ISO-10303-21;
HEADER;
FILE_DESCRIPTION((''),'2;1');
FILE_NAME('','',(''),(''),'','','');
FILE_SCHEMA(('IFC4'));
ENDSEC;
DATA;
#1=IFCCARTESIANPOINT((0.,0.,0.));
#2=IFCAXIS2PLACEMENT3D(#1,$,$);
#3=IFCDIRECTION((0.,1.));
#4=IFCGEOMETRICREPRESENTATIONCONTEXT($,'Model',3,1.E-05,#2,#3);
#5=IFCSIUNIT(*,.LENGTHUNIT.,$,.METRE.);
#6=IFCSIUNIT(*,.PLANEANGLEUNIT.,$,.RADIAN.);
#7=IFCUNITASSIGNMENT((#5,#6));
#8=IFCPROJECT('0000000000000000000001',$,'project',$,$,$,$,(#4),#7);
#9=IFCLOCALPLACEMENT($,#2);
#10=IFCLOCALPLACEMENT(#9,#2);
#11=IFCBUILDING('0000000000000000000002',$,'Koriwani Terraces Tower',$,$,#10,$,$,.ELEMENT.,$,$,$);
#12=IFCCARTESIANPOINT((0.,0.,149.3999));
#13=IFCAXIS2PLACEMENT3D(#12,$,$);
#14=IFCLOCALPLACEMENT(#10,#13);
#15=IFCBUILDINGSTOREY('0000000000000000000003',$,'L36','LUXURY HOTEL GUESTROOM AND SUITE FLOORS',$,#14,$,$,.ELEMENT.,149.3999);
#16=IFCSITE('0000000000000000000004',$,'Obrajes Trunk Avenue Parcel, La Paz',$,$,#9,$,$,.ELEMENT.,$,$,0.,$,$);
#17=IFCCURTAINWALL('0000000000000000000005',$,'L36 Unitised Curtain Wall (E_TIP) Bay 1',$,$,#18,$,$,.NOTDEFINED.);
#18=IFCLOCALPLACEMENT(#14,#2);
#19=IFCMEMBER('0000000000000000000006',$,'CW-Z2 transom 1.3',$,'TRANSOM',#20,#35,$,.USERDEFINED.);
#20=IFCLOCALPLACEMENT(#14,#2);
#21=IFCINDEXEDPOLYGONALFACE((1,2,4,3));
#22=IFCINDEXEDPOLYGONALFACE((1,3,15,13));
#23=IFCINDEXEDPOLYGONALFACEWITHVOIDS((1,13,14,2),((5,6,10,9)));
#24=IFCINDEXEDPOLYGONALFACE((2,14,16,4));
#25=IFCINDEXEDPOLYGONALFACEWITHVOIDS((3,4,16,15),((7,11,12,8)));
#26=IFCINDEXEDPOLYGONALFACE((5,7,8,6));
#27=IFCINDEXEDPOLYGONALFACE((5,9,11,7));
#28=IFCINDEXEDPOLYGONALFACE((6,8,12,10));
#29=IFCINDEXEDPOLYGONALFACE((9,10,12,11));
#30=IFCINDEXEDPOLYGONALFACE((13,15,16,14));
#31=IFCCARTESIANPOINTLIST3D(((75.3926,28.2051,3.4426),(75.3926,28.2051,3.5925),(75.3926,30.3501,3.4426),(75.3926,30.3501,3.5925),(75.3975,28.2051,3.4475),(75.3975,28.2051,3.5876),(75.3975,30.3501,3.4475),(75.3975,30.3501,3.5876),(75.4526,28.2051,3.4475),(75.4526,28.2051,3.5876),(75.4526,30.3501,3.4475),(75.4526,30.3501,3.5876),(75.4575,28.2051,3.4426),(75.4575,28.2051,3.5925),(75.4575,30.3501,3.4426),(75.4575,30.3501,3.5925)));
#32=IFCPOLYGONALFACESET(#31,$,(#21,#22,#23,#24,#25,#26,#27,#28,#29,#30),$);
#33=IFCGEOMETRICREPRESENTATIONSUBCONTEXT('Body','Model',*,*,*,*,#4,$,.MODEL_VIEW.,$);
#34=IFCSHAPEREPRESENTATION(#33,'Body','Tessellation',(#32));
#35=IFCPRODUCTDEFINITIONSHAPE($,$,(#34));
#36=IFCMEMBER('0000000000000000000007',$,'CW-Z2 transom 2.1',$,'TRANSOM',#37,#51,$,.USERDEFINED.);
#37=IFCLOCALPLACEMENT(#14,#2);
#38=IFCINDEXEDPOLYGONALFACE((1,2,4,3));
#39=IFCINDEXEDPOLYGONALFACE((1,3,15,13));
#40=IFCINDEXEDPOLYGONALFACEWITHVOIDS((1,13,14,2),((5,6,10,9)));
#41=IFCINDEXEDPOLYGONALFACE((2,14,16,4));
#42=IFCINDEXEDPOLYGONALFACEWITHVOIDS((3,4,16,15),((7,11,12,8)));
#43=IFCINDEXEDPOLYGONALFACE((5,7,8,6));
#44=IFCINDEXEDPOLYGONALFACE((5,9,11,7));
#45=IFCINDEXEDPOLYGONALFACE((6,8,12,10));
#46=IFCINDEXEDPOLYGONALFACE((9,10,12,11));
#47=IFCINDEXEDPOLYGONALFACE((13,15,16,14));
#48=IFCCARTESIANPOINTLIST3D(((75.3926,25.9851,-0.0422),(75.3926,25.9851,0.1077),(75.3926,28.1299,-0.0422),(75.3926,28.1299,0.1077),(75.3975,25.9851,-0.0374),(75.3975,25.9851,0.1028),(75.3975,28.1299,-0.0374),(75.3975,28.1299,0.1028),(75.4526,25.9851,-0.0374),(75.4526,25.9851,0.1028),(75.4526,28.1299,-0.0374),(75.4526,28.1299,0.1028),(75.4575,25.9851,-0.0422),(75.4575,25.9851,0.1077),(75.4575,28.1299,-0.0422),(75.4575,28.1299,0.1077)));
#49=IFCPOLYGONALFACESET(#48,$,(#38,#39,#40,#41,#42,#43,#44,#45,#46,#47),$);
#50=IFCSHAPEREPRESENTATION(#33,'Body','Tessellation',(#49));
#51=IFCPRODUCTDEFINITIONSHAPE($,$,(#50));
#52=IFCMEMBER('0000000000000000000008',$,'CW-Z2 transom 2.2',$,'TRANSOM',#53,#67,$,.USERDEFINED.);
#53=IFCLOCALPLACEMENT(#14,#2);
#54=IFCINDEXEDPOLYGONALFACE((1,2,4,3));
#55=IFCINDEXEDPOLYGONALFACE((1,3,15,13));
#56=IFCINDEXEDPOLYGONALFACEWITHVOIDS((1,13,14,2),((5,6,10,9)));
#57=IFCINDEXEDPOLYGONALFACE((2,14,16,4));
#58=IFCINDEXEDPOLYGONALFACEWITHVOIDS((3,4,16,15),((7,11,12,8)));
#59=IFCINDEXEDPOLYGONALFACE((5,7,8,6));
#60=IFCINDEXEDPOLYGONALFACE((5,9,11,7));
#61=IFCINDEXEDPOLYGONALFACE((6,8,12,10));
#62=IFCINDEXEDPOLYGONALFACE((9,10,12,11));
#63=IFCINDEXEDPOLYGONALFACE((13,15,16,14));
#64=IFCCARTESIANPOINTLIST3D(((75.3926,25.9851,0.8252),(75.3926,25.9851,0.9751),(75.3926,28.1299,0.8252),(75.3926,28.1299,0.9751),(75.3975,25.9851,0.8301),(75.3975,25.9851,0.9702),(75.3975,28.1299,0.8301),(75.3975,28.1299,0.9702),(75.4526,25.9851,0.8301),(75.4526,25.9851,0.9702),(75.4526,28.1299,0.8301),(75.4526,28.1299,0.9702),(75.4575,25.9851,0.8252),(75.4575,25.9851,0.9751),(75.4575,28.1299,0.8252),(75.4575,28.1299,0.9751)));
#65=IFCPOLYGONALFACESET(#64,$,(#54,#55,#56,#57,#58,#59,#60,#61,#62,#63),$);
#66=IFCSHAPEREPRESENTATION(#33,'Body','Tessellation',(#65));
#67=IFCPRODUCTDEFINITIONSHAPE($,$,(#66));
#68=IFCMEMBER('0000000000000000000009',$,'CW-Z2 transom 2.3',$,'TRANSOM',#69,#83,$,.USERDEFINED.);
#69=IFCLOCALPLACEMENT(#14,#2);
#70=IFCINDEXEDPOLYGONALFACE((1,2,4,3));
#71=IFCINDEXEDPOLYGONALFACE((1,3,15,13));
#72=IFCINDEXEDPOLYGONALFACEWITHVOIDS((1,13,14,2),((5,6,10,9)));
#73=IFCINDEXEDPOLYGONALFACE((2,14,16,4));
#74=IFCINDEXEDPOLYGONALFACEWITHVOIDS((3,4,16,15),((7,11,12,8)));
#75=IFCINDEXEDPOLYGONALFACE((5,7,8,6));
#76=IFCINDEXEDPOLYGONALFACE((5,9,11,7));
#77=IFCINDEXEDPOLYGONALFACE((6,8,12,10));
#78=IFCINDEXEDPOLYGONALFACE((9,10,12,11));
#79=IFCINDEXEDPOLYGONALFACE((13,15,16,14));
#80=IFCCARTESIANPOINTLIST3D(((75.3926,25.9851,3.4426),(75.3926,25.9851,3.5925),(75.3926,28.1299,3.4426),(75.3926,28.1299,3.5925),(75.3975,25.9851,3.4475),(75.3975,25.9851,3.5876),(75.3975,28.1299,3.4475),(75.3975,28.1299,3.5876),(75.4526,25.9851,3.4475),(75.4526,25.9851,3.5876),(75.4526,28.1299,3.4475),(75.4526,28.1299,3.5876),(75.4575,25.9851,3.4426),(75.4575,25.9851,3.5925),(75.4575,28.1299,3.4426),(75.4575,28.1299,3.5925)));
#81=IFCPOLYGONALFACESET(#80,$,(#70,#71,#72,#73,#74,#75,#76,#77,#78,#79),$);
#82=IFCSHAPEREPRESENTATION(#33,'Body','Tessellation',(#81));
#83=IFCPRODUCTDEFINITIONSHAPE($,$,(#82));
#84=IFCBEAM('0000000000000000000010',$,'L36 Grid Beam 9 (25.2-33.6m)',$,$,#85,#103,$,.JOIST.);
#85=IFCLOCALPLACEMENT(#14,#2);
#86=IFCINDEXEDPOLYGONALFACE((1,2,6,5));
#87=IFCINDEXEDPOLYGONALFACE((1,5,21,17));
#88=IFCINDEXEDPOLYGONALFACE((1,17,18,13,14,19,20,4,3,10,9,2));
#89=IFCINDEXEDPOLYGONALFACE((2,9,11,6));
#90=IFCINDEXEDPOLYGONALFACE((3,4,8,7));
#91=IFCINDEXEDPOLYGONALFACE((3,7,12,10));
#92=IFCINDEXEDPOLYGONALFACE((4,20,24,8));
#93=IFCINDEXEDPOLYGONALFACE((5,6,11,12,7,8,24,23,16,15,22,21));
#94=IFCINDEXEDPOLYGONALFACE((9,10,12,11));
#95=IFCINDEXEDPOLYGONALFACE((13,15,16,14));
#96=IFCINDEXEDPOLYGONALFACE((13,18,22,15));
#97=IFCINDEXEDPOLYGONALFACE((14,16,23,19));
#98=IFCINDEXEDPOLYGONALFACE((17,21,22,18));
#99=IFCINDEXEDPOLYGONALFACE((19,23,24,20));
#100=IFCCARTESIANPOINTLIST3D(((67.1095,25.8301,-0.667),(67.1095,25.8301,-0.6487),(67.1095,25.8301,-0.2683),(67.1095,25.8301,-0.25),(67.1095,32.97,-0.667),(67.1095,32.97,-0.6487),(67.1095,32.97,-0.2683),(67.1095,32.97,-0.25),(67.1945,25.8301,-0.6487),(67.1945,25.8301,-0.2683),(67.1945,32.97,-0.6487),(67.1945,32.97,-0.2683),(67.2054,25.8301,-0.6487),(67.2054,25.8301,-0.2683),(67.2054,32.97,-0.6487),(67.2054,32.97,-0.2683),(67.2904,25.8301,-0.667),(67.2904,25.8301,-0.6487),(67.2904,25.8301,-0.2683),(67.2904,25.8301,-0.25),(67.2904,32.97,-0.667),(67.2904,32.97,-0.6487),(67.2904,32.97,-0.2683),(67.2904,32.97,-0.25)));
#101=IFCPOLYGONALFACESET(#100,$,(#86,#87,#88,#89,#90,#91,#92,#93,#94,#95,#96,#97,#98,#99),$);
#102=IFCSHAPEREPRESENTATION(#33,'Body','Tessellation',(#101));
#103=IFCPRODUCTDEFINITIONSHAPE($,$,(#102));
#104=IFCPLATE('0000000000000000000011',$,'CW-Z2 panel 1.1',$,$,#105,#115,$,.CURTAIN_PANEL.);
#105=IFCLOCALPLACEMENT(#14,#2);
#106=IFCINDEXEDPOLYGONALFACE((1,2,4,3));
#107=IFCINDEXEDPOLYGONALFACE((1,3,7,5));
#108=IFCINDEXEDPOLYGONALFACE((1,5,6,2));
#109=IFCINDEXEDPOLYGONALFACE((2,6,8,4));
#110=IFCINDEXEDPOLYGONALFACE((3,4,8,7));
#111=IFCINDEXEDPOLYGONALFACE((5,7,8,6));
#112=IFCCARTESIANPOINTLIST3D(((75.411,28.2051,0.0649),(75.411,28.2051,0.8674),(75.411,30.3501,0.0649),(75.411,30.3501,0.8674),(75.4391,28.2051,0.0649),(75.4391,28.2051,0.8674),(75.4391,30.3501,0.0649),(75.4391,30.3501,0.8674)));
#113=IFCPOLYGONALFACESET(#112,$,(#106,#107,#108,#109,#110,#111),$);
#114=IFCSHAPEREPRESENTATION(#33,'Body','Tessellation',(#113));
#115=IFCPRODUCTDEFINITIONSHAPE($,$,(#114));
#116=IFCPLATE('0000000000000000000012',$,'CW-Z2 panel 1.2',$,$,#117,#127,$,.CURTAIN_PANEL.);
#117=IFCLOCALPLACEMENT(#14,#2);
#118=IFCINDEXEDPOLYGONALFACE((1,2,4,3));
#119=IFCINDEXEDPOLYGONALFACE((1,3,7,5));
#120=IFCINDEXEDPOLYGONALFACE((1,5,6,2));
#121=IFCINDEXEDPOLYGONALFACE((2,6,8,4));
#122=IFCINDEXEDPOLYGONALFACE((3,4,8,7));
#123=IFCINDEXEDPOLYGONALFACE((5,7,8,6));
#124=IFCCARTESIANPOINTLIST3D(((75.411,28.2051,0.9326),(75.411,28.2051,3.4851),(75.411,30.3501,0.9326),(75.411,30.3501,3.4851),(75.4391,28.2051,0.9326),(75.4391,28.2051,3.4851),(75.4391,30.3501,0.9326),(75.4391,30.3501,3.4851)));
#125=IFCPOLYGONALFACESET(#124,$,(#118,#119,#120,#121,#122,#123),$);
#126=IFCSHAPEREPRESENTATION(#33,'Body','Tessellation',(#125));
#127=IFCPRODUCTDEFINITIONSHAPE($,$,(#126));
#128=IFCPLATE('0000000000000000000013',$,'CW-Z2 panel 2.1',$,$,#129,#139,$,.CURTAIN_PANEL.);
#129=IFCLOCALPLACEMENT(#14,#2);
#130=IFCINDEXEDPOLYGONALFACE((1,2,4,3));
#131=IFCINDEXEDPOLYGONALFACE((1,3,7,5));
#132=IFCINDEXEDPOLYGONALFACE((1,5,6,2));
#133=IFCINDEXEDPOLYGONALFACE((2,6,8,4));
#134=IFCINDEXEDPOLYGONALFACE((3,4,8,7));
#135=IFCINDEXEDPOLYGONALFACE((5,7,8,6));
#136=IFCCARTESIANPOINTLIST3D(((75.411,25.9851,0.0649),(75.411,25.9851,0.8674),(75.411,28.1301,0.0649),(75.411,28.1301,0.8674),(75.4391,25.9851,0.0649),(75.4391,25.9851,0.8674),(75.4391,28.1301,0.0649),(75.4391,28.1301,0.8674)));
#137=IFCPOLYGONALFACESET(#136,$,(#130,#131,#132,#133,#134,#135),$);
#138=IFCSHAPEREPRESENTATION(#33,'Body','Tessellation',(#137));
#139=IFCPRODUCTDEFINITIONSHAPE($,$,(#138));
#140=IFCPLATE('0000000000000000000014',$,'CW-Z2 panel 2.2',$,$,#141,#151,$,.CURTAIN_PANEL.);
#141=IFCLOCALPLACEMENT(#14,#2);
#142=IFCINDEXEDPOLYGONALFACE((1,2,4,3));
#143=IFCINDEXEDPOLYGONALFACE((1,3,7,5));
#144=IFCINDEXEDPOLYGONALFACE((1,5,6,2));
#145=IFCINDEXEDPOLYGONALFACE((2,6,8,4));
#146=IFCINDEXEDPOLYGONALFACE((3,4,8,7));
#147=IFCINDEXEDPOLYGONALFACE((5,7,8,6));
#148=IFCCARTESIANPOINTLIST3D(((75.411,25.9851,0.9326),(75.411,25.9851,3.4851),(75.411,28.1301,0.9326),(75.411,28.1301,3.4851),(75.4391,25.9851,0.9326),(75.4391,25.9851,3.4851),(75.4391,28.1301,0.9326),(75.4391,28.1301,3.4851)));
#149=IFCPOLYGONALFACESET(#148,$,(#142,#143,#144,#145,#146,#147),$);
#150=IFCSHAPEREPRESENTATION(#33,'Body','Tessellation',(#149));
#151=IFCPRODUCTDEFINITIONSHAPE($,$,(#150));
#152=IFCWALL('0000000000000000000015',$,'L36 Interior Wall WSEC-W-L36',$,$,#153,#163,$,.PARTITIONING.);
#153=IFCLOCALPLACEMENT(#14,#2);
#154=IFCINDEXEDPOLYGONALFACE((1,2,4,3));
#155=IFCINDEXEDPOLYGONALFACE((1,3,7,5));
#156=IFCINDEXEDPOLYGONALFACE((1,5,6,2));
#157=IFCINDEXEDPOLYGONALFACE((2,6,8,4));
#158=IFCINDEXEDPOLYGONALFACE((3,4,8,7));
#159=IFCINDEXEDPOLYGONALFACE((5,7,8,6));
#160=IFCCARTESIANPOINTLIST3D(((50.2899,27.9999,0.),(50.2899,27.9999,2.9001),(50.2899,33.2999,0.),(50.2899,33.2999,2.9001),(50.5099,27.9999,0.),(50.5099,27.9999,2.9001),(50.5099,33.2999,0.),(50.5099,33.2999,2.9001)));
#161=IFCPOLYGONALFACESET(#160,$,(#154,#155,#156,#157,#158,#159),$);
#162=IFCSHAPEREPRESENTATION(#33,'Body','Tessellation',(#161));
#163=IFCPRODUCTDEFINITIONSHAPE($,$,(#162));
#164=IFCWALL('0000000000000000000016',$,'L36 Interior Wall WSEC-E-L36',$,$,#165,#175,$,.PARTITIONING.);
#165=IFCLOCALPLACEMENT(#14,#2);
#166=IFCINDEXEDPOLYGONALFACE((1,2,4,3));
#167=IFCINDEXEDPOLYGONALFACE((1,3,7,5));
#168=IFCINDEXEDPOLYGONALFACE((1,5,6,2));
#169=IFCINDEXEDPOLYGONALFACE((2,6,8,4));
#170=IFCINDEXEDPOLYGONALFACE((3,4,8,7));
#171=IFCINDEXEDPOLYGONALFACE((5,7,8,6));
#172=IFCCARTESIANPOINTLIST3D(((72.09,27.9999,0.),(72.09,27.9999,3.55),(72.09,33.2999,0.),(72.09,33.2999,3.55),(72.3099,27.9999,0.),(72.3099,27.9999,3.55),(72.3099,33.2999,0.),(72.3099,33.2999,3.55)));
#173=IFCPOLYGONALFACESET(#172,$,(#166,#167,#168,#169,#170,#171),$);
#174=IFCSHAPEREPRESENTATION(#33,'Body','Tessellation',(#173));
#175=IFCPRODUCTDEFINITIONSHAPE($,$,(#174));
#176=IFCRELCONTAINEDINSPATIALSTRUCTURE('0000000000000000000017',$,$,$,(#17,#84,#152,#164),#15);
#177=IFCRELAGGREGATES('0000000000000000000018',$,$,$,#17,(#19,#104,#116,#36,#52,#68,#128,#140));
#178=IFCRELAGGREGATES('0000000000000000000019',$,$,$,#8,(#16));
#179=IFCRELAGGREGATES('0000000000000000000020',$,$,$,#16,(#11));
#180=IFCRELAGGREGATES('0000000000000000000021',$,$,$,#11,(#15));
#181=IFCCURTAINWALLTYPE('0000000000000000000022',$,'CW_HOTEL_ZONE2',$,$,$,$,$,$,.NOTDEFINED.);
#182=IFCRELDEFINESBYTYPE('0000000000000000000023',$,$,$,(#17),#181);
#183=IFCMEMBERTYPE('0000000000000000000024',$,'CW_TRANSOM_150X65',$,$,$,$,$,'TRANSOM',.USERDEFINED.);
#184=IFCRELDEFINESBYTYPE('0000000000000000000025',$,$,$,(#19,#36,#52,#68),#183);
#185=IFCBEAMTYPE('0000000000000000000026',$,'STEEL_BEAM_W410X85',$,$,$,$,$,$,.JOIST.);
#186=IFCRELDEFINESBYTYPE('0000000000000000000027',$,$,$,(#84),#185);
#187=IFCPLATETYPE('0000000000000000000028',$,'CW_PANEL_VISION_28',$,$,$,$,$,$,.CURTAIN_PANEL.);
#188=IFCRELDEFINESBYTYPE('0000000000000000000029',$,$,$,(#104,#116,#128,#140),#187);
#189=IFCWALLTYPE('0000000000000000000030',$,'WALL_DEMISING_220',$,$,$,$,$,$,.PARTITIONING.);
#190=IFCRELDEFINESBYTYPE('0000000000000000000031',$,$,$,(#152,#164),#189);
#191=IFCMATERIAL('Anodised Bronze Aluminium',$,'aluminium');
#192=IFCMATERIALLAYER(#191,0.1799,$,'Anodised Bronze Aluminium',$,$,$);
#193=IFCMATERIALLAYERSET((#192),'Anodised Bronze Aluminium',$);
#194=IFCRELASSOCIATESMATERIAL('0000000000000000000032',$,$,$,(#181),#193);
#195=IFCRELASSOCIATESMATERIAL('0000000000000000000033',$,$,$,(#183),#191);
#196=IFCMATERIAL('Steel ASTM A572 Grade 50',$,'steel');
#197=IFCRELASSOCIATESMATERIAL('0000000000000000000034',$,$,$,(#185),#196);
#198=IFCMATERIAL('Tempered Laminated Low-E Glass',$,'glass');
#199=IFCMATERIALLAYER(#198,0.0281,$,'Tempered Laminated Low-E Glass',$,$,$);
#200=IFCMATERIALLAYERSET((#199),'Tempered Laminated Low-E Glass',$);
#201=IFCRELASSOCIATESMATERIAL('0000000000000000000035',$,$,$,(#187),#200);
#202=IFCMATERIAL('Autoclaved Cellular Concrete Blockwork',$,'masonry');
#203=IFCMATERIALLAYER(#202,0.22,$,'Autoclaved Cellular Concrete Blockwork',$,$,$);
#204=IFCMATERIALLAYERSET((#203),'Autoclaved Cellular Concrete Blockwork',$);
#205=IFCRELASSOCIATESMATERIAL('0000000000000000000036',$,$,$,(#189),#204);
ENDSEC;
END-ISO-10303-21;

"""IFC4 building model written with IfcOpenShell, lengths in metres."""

from ifc_helpers import new_model, si_unit, direction, frame, frame_2d, origin, origin_2d, place, context, subcontext, project, spatial, rectangle, hollow_rectangle, i_section, extrude, material, layer, layer_set, material_profile, profile_set, type_object, element, aggregate, save


model = new_model("IFC4")

# Units and contexts
model_context = context("Model", 3, precision=1e-05, world=origin(), true_north=direction((0.0, 1.0)))
body_context = subcontext(model_context, "Body", "Model", "MODEL_VIEW")
ifc_project = project(units=[si_unit("LENGTHUNIT", "METRE"), si_unit("PLANEANGLEUNIT", "RADIAN")], contexts=[model_context])

# Site, building, storey
site_placement = place(None, origin())
site = spatial("IfcSite", under=ifc_project, at=site_placement, Name="Obrajes Trunk Avenue Parcel, La Paz", CompositionType="ELEMENT", RefElevation=0.0)
building_placement = place(site_placement, origin())
building = spatial("IfcBuilding", under=site, at=building_placement, Name="Koriwani Terraces Tower", CompositionType="ELEMENT")
storey_placement = place(building_placement, frame((0.0, 0.0, 149.3999)))
storey = spatial("IfcBuildingStorey", under=building, at=storey_placement, Name="L36", Description="LUXURY HOTEL GUESTROOM AND SUITE FLOORS", CompositionType="ELEMENT", Elevation=149.3999)

# Curtain wall, members
ifc_material_1 = material(Name="Anodised Bronze Aluminium", Category="aluminium")
ifc_layer_1 = layer(ifc_material_1, 0.1799, Name="Anodised Bronze Aluminium")
ifc_layer_set_1 = layer_set([ifc_layer_1], Name="Anodised Bronze Aluminium")
curtain_wall_type = type_object("IfcCurtainWallType", Name="CW_HOTEL_ZONE2", PredefinedType="NOTDEFINED", material=ifc_layer_set_1)
curtain_wall_placement = place(storey_placement, origin())
curtain_wall = element("IfcCurtainWall", 1, at=curtain_wall_placement, inside=storey, type_object=curtain_wall_type, Name="L36 Unitised Curtain Wall (E_TIP) Bay 1", PredefinedType="NOTDEFINED")
ifc_material_profile_1 = material_profile(ifc_material_1, hollow_rectangle(XDim=0.0649, YDim=0.1499, WallThickness=0.0049, at=origin_2d()), Name="Anodised Bronze Aluminium", Category="LoadBearing")
ifc_profile_set_1 = profile_set([ifc_material_profile_1], Name="Anodised Bronze Aluminium")
member_type_1 = type_object("IfcMemberType", Name="CW_TRANSOM_150X65", ElementType="TRANSOM", PredefinedType="USERDEFINED", material=ifc_profile_set_1)
member_1_placement = place(storey_placement, frame((75.425, 30.3501, 3.5176), z_axis=(0.0, -1.0, 0.0), x_axis=(1.0, 0.0, 0.0)))
member_1 = element("IfcMember", 2, at=member_1_placement, type_object=member_type_1, Name="CW-Z2 transom 1.3", ObjectType="TRANSOM", PredefinedType="USERDEFINED", context=body_context, shape_type="SweptSolid", body=[
    extrude(hollow_rectangle(XDim=0.0649, YDim=0.1499, WallThickness=0.0049, at=origin_2d()), origin(), (0.0, 0.0, 1.0), 2.145),
])
member_2_placement = place(storey_placement, frame((75.425, 28.1299, 0.0327), z_axis=(0.0, -1.0, 0.0), x_axis=(1.0, 0.0, 0.0)))
member_2 = element("IfcMember", 3, at=member_2_placement, type_object=member_type_1, Name="CW-Z2 transom 2.1", ObjectType="TRANSOM", PredefinedType="USERDEFINED", context=body_context, shape_type="SweptSolid", body=[
    extrude(hollow_rectangle(XDim=0.0649, YDim=0.1499, WallThickness=0.0049, at=origin_2d()), origin(), (0.0, 0.0, 1.0), 2.1448),
])
member_3_placement = place(storey_placement, frame((75.425, 28.1299, 0.9001), z_axis=(0.0, -1.0, 0.0), x_axis=(1.0, 0.0, 0.0)))
member_3 = element("IfcMember", 4, at=member_3_placement, type_object=member_type_1, Name="CW-Z2 transom 2.2", ObjectType="TRANSOM", PredefinedType="USERDEFINED", context=body_context, shape_type="SweptSolid", body=[
    extrude(hollow_rectangle(XDim=0.0649, YDim=0.1499, WallThickness=0.0049, at=origin_2d()), origin(), (0.0, 0.0, 1.0), 2.1448),
])
member_4_placement = place(storey_placement, frame((75.425, 28.1299, 3.5176), z_axis=(0.0, -1.0, 0.0), x_axis=(1.0, 0.0, 0.0)))
member_4 = element("IfcMember", 5, at=member_4_placement, type_object=member_type_1, Name="CW-Z2 transom 2.3", ObjectType="TRANSOM", PredefinedType="USERDEFINED", context=body_context, shape_type="SweptSolid", body=[
    extrude(hollow_rectangle(XDim=0.0649, YDim=0.1499, WallThickness=0.0049, at=origin_2d()), origin(), (0.0, 0.0, 1.0), 2.1448),
])

# Beam
ifc_material_2 = material(Name="Steel ASTM A572 Grade 50", Category="steel")
ifc_material_profile_2 = material_profile(ifc_material_2, i_section(OverallWidth=0.1809, OverallDepth=0.417, WebThickness=0.011, FlangeThickness=0.0183, at=origin_2d()), Name="Steel ASTM A572 Grade 50", Category="LoadBearing")
ifc_profile_set_2 = profile_set([ifc_material_profile_2], Name="Steel ASTM A572 Grade 50")
beam_type_1 = type_object("IfcBeamType", Name="STEEL_BEAM_W410X85", PredefinedType="JOIST", material=ifc_profile_set_2)
beam_1_placement = place(storey_placement, frame((67.2, 25.8301, -0.4585), z_axis=(0.0, 1.0, 0.0), x_axis=(-1.0, 0.0, 0.0)))
element("IfcBeam", 6, at=beam_1_placement, inside=storey, type_object=beam_type_1, Name="L36 Grid Beam 9 (25.2-33.6m)", PredefinedType="JOIST", context=body_context, shape_type="SweptSolid", body=[
    extrude(i_section(OverallWidth=0.1809, OverallDepth=0.417, WebThickness=0.011, FlangeThickness=0.0183, at=origin_2d()), origin(), (0.0, 0.0, 1.0), 7.1399),
])

# Plates
ifc_material_3 = material(Name="Tempered Laminated Low-E Glass", Category="glass")
ifc_layer_2 = layer(ifc_material_3, 0.0281, Name="Tempered Laminated Low-E Glass")
ifc_layer_set_2 = layer_set([ifc_layer_2], Name="Tempered Laminated Low-E Glass")
plate_type = type_object("IfcPlateType", Name="CW_PANEL_VISION_28", PredefinedType="CURTAIN_PANEL", material=ifc_layer_set_2)
plate_1_placement = place(storey_placement, frame((75.425, 29.2776, 0.0649), z_axis=(0.0, 0.0, 1.0), x_axis=(0.0, -1.0, 0.0)))
plate_1 = element("IfcPlate", 7, at=plate_1_placement, type_object=plate_type, Name="CW-Z2 panel 1.1", PredefinedType="CURTAIN_PANEL", context=body_context, shape_type="SweptSolid", body=[
    extrude(rectangle(XDim=2.145, YDim=0.0281, at=origin_2d()), origin(), (0.0, 0.0, 1.0), 0.8025),
])
plate_2_placement = place(storey_placement, frame((75.425, 29.2776, 0.9326), z_axis=(0.0, 0.0, 1.0), x_axis=(0.0, -1.0, 0.0)))
plate_2 = element("IfcPlate", 8, at=plate_2_placement, type_object=plate_type, Name="CW-Z2 panel 1.2", PredefinedType="CURTAIN_PANEL", context=body_context, shape_type="SweptSolid", body=[
    extrude(rectangle(XDim=2.145, YDim=0.0281, at=origin_2d()), origin(), (0.0, 0.0, 1.0), 2.5525),
])
plate_3_placement = place(storey_placement, frame((75.425, 27.0576, 0.0649), z_axis=(0.0, 0.0, 1.0), x_axis=(0.0, -1.0, 0.0)))
plate_3 = element("IfcPlate", 9, at=plate_3_placement, type_object=plate_type, Name="CW-Z2 panel 2.1", PredefinedType="CURTAIN_PANEL", context=body_context, shape_type="SweptSolid", body=[
    extrude(rectangle(XDim=2.145, YDim=0.0281, at=origin_2d()), origin(), (0.0, 0.0, 1.0), 0.8025),
])
plate_4_placement = place(storey_placement, frame((75.425, 27.0576, 0.9326), z_axis=(0.0, 0.0, 1.0), x_axis=(0.0, -1.0, 0.0)))
plate_4 = element("IfcPlate", 10, at=plate_4_placement, type_object=plate_type, Name="CW-Z2 panel 2.2", PredefinedType="CURTAIN_PANEL", context=body_context, shape_type="SweptSolid", body=[
    extrude(rectangle(XDim=2.145, YDim=0.0281, at=origin_2d()), origin(), (0.0, 0.0, 1.0), 2.5525),
])
aggregate(curtain_wall, [member_1, plate_1, plate_2, member_2, member_3, member_4, plate_3, plate_4])

# Walls
ifc_material_4 = material(Name="Autoclaved Cellular Concrete Blockwork", Category="masonry")
ifc_layer_3 = layer(ifc_material_4, 0.22, Name="Autoclaved Cellular Concrete Blockwork")
ifc_layer_set_3 = layer_set([ifc_layer_3], Name="Autoclaved Cellular Concrete Blockwork")
wall_type_1 = type_object("IfcWallType", Name="WALL_DEMISING_220", PredefinedType="PARTITIONING", material=ifc_layer_set_3)
wall_1_placement = place(storey_placement, frame((50.3999, 28.0, 0.0), z_axis=(0.0, 0.0, 1.0), x_axis=(0.0, 1.0, 0.0)))
element("IfcWall", 11, at=wall_1_placement, inside=storey, type_object=wall_type_1, Name="L36 Interior Wall WSEC-W-L36", PredefinedType="PARTITIONING", context=body_context, shape_type="SweptSolid", body=[
    extrude(rectangle(XDim=5.3, YDim=0.22, at=frame_2d((2.6499, 0.0))), origin(), (0.0, 0.0, 1.0), 2.9001),
])
wall_2_placement = place(storey_placement, frame((72.2, 28.0, 0.0), z_axis=(0.0, 0.0, 1.0), x_axis=(0.0, 1.0, 0.0)))
element("IfcWall", 12, at=wall_2_placement, inside=storey, type_object=wall_type_1, Name="L36 Interior Wall WSEC-E-L36", PredefinedType="PARTITIONING", context=body_context, shape_type="SweptSolid", body=[
    extrude(rectangle(XDim=5.3, YDim=0.22, at=frame_2d((2.6499, 0.0))), origin(), (0.0, 0.0, 1.0), 3.55),
])

save(model, "model.ifc")
